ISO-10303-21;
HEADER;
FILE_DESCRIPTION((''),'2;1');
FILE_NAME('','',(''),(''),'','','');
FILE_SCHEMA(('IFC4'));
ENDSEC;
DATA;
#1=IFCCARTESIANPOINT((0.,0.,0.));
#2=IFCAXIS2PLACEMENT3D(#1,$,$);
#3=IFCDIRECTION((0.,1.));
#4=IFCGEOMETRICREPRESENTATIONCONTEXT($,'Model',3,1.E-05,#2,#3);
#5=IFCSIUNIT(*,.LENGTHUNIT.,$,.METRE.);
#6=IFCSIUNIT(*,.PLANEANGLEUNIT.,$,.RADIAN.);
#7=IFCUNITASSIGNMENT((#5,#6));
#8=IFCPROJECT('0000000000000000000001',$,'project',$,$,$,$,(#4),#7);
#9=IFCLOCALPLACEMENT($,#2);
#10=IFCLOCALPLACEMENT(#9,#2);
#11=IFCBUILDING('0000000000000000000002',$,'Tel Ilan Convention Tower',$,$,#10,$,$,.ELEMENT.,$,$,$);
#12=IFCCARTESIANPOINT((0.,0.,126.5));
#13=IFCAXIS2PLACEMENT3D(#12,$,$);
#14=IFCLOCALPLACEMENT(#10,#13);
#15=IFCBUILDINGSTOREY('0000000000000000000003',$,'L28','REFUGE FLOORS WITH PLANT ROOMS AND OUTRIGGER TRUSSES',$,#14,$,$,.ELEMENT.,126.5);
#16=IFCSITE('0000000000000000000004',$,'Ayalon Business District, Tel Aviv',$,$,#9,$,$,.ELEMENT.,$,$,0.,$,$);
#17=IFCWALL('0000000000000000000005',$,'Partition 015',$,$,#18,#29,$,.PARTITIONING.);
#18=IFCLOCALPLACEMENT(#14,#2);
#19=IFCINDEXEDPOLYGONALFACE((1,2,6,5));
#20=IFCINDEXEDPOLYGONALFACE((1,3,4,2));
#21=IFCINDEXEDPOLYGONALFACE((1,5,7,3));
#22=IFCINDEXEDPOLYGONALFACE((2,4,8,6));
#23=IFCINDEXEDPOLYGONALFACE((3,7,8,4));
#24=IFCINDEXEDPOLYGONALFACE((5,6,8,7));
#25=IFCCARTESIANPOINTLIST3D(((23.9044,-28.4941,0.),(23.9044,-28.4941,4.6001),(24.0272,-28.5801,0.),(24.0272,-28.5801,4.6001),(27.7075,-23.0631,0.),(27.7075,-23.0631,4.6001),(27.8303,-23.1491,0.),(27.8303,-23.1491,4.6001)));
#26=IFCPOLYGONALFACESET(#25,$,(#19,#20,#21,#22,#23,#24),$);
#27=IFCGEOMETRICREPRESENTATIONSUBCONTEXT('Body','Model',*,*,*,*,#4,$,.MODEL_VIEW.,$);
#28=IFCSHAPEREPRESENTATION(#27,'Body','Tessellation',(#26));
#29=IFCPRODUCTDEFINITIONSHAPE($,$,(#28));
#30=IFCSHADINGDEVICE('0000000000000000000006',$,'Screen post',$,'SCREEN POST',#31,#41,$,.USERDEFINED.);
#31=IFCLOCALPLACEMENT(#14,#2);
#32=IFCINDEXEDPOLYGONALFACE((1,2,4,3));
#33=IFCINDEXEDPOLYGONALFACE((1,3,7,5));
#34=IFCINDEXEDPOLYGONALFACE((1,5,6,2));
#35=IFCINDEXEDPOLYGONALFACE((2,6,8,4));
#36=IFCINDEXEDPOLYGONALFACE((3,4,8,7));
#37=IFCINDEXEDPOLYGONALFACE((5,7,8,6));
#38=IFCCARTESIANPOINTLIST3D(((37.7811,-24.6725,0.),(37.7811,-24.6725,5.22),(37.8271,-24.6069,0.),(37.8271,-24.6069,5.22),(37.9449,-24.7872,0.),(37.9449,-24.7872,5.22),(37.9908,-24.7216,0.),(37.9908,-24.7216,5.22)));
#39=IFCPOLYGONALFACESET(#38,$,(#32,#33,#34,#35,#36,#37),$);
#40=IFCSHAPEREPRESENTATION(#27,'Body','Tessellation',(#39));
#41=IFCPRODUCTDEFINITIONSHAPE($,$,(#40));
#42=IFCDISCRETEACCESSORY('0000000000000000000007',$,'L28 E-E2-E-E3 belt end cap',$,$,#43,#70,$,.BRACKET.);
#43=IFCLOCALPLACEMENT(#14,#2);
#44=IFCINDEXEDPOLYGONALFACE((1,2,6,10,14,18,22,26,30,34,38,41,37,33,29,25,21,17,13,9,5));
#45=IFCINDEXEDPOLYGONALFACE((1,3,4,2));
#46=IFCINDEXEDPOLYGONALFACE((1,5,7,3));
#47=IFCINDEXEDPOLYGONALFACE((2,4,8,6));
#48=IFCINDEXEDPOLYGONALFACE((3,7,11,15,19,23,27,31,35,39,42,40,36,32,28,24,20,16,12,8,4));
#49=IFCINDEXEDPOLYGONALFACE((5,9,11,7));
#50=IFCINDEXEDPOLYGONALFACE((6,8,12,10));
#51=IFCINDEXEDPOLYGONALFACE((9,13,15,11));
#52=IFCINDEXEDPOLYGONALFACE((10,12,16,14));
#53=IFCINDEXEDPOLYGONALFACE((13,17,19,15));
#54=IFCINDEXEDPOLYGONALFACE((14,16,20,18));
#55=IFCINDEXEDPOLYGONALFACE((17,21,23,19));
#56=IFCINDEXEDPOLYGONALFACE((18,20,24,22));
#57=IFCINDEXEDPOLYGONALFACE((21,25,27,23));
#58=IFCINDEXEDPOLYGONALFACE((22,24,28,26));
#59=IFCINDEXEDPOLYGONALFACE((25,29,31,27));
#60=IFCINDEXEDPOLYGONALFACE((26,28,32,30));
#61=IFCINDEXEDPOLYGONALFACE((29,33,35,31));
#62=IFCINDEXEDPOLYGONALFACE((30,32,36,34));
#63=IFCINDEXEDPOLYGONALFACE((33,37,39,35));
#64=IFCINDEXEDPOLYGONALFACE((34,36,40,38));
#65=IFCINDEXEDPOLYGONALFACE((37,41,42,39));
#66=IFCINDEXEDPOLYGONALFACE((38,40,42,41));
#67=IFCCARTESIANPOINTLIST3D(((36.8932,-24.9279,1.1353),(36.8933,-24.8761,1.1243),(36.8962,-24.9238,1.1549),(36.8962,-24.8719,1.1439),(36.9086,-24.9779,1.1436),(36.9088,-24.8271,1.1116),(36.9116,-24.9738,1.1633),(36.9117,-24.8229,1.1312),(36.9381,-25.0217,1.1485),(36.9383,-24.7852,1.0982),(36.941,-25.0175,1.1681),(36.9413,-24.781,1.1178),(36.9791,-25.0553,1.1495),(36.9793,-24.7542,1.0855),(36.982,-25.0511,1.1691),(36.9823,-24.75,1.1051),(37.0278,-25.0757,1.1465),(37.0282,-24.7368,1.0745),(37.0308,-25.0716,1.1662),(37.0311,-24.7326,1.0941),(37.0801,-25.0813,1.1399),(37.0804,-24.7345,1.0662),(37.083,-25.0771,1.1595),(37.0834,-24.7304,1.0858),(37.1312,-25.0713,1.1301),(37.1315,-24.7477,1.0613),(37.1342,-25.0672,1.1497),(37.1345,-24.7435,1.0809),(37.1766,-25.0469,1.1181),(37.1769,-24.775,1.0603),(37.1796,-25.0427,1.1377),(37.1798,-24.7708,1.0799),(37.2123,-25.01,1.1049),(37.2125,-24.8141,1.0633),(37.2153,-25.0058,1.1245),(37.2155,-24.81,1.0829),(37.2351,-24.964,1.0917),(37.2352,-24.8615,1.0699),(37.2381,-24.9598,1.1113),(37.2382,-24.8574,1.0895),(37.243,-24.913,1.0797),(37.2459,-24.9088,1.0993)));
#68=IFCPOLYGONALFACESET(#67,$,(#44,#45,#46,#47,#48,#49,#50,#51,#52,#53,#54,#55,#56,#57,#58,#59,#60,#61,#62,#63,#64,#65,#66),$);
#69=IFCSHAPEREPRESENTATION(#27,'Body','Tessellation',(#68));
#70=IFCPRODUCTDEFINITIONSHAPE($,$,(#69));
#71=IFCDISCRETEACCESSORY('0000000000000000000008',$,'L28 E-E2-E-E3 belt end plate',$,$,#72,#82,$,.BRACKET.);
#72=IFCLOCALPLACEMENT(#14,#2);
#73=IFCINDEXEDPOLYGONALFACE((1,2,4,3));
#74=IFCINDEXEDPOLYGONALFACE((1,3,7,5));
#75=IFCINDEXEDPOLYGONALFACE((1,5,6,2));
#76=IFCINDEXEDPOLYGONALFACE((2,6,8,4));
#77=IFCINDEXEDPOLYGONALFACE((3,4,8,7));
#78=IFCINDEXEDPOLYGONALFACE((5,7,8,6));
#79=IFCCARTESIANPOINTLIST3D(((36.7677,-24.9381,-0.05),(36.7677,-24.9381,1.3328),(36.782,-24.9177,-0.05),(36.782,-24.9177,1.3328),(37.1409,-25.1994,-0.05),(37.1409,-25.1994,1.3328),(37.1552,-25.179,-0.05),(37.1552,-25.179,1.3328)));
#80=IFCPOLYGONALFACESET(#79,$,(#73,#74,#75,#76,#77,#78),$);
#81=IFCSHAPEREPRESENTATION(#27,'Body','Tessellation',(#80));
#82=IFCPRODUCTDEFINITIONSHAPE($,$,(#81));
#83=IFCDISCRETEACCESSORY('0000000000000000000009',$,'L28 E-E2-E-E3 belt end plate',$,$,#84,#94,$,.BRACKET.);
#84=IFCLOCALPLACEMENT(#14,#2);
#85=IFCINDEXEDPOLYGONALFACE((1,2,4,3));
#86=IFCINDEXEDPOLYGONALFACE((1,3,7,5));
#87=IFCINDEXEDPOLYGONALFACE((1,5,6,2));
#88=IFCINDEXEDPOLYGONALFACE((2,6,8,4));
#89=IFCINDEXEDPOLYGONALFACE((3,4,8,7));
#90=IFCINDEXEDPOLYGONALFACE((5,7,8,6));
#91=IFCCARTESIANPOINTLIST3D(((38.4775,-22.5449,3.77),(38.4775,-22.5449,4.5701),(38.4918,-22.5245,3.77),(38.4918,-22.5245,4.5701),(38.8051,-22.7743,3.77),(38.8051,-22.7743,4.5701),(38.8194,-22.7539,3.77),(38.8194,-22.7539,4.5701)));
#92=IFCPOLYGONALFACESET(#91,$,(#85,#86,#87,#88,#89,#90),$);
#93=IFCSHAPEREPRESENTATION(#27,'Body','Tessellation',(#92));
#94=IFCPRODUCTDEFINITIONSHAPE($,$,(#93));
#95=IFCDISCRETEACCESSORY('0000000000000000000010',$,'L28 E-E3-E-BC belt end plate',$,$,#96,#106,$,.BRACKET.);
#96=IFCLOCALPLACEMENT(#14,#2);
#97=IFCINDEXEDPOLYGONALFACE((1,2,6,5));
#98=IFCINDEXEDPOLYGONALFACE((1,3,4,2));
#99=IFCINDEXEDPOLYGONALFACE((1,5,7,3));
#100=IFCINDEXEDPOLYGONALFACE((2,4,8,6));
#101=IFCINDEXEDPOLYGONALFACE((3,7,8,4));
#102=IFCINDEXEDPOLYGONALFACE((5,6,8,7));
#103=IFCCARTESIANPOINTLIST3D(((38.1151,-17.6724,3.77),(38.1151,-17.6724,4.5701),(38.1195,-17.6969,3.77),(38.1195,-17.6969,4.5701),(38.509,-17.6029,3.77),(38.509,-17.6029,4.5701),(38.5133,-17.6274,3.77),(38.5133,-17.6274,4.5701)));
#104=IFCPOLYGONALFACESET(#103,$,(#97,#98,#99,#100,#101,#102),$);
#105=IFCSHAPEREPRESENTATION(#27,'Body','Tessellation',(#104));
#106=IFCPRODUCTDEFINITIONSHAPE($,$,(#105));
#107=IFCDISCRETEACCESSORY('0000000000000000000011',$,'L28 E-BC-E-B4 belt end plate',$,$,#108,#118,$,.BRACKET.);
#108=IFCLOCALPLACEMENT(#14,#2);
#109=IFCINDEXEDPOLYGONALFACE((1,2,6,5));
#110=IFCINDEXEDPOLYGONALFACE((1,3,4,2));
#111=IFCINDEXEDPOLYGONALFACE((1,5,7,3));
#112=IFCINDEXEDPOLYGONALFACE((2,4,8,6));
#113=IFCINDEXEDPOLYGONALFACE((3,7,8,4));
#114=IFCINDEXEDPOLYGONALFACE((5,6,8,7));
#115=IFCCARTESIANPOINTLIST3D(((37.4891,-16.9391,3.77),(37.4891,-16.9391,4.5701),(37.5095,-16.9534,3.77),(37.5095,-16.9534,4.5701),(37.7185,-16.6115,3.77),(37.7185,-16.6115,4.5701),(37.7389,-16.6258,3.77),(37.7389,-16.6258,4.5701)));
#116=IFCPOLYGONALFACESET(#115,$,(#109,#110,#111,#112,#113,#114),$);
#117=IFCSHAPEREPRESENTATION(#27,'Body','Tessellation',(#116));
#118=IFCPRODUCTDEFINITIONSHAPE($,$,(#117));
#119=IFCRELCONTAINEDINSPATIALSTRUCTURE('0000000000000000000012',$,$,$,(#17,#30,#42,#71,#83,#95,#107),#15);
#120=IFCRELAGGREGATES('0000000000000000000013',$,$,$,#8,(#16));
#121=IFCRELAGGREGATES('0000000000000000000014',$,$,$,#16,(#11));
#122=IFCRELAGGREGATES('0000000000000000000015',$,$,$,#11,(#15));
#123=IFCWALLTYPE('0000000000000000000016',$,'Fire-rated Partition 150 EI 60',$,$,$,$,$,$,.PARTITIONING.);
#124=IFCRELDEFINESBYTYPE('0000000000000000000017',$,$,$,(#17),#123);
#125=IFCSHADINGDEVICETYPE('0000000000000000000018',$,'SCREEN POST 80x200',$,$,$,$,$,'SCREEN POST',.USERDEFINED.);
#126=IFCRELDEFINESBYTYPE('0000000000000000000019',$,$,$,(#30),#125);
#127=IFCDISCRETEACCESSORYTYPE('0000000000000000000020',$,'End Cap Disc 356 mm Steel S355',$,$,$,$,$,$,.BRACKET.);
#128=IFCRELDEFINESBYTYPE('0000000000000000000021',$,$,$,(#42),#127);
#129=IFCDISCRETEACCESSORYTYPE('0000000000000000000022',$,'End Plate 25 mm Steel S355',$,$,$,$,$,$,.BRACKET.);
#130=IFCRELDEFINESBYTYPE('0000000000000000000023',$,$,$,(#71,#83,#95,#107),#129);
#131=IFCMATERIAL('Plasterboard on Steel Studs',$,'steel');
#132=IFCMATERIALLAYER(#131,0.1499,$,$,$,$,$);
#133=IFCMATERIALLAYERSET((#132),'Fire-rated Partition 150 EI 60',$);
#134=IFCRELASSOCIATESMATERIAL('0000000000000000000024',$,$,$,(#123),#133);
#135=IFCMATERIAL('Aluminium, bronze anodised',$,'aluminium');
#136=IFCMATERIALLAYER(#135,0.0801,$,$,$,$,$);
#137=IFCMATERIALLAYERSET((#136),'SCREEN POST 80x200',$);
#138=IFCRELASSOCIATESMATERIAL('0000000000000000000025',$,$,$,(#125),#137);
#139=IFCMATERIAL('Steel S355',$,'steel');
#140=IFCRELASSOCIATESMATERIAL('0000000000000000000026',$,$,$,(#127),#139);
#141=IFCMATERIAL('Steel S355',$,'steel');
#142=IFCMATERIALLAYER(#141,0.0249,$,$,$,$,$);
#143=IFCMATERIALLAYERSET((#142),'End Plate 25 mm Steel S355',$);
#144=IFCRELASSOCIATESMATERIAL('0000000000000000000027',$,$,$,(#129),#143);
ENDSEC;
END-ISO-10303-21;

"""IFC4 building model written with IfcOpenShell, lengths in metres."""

from ifc_helpers import new_model, si_unit, direction, frame, frame_2d, origin, origin_2d, place, context, subcontext, project, spatial, rectangle, circle, extrude, material, layer, layer_set, material_profile, profile_set, type_object, element, save


model = new_model("IFC4")

# Units and contexts
model_context = context("Model", 3, precision=1e-05, world=origin(), true_north=direction((0.0, 1.0)))
body_context = subcontext(model_context, "Body", "Model", "MODEL_VIEW")
ifc_project = project(units=[si_unit("LENGTHUNIT", "METRE"), si_unit("PLANEANGLEUNIT", "RADIAN")], contexts=[model_context])

# Site, building, storey
site_placement = place(None, origin())
site = spatial("IfcSite", under=ifc_project, at=site_placement, Name="Ayalon Business District, Tel Aviv", CompositionType="ELEMENT", RefElevation=0.0)
building_placement = place(site_placement, origin())
building = spatial("IfcBuilding", under=site, at=building_placement, Name="Tel Ilan Convention Tower", CompositionType="ELEMENT")
storey_placement = place(building_placement, frame((0.0, 0.0, 126.5)))
storey = spatial("IfcBuildingStorey", under=building, at=storey_placement, Name="L28", Description="REFUGE FLOORS WITH PLANT ROOMS AND OUTRIGGER TRUSSES", CompositionType="ELEMENT", Elevation=126.5)

# Shared definitions
ifc_material_1 = material(Name="Plasterboard on Steel Studs", Category="steel")
ifc_layer_1 = layer(ifc_material_1, 0.1499)
ifc_layer_set_1 = layer_set([ifc_layer_1], Name="Fire-rated Partition 150 EI 60")
wall_type = type_object("IfcWallType", Name="Fire-rated Partition 150 EI 60", PredefinedType="PARTITIONING", material=ifc_layer_set_1)

# Wall
wall_1_placement = place(storey_placement, frame((27.7688, -23.1062, 0.0), z_axis=(0.0, 0.0, 1.0), x_axis=(-0.573598, -0.819137, 0.0)))
element("IfcWall", 1, at=wall_1_placement, inside=storey, type_object=wall_type, Name="Partition 015", PredefinedType="PARTITIONING", context=body_context, shape_type="SweptSolid", body=[
    extrude(rectangle(XDim=6.6301, YDim=0.1499, at=frame_2d((3.3149, 0.0))), origin(), (0.0, 0.0, 1.0), 4.6001),
])

# Shading device
ifc_material_2 = material(Name="Aluminium, bronze anodised", Category="aluminium")
ifc_layer_2 = layer(ifc_material_2, 0.0801)
ifc_layer_set_2 = layer_set([ifc_layer_2], Name="SCREEN POST 80x200")
shading_device_type = type_object("IfcShadingDeviceType", Name="SCREEN POST 80x200", ElementType="SCREEN POST", PredefinedType="USERDEFINED", material=ifc_layer_set_2)
shading_device_placement = place(storey_placement, frame((37.886, -24.697, 0.0), z_axis=(0.0, 0.0, 1.0), x_axis=(0.573576, 0.819152, 0.0)))
element("IfcShadingDevice", 2, at=shading_device_placement, inside=storey, type_object=shading_device_type, Name="Screen post", ObjectType="SCREEN POST", PredefinedType="USERDEFINED", context=body_context, shape_type="SweptSolid", body=[
    extrude(rectangle(XDim=0.0801, YDim=0.2, at=origin_2d()), origin(), (0.0, 0.0, 1.0), 5.22),
])

# Discrete accessories
ifc_material_3 = material(Name="Steel S355", Category="steel")
ifc_material_profile_1 = material_profile(ifc_material_3, circle(Radius=0.1777, at=origin_2d()), Name="End Cap Disc 356 mm Steel S355")
ifc_profile_set_1 = profile_set([ifc_material_profile_1], Name="Steel S355")
discrete_accessory_type_1 = type_object("IfcDiscreteAccessoryType", Name="End Cap Disc 356 mm Steel S355", PredefinedType="BRACKET", material=ifc_profile_set_1)
discrete_accessory_1_placement = place(storey_placement, frame((37.0701, -24.9033, 1.1245), z_axis=(-0.14517, -0.205657, -0.967797), x_axis=(0.816968, -0.576683, 0.0)))
element("IfcDiscreteAccessory", 3, at=discrete_accessory_1_placement, inside=storey, type_object=discrete_accessory_type_1, Name="L28 E-E2-E-E3 belt end cap", PredefinedType="BRACKET", context=body_context, shape_type="SweptSolid", body=[
    extrude(circle(Radius=0.1777, at=origin_2d()), origin(), (0.0, 0.0, 1.0), 0.0203),
])
ifc_material_4 = material(Name="Steel S355", Category="steel")
ifc_layer_3 = layer(ifc_material_4, 0.0249)
ifc_layer_set_3 = layer_set([ifc_layer_3], Name="End Plate 25 mm Steel S355")
discrete_accessory_type_2 = type_object("IfcDiscreteAccessoryType", Name="End Plate 25 mm Steel S355", PredefinedType="BRACKET", material=ifc_layer_set_3)
discrete_accessory_2_placement = place(storey_placement, frame((36.9614, -25.0586, -0.05), z_axis=(0.0, 0.0, 1.0), x_axis=(-0.573576, -0.819152, 0.0)))
element("IfcDiscreteAccessory", 4, at=discrete_accessory_2_placement, inside=storey, type_object=discrete_accessory_type_2, Name="L28 E-E2-E-E3 belt end plate", PredefinedType="BRACKET", context=body_context, shape_type="SweptSolid", body=[
    extrude(rectangle(XDim=0.0249, YDim=0.4556, at=origin_2d()), origin(), (0.0, 0.0, 1.0), 1.3828),
])
for number, where, z_axis, x_axis, name in (
    (5, (38.6484, -22.6494, 3.77), (0.0, 0.0, 1.0), (0.573576, 0.819152, 0.0), "L28 E-E2-E-E3 belt end plate"),
    (6, (38.3142, -17.6499, 3.77), (0.0, 0.0, 1.0), (-0.173648, 0.984808, 0.0), "L28 E-E3-E-BC belt end plate"),
    (7, (37.614, -16.7825, 3.77), (0.0, 0.0, 1.0), (0.819152, -0.573576, 0.0), "L28 E-BC-E-B4 belt end plate"),
):
    element("IfcDiscreteAccessory", number, at=place(storey_placement, frame(where, z_axis=z_axis, x_axis=x_axis)), inside=storey, type_object=discrete_accessory_type_2, Name=name, PredefinedType="BRACKET", context=body_context, shape_type="SweptSolid", body=[
        extrude(rectangle(XDim=0.0249, YDim=0.3999, at=origin_2d()), origin(), (0.0, 0.0, 1.0), 0.8),
    ])

save(model, "model.ifc")
